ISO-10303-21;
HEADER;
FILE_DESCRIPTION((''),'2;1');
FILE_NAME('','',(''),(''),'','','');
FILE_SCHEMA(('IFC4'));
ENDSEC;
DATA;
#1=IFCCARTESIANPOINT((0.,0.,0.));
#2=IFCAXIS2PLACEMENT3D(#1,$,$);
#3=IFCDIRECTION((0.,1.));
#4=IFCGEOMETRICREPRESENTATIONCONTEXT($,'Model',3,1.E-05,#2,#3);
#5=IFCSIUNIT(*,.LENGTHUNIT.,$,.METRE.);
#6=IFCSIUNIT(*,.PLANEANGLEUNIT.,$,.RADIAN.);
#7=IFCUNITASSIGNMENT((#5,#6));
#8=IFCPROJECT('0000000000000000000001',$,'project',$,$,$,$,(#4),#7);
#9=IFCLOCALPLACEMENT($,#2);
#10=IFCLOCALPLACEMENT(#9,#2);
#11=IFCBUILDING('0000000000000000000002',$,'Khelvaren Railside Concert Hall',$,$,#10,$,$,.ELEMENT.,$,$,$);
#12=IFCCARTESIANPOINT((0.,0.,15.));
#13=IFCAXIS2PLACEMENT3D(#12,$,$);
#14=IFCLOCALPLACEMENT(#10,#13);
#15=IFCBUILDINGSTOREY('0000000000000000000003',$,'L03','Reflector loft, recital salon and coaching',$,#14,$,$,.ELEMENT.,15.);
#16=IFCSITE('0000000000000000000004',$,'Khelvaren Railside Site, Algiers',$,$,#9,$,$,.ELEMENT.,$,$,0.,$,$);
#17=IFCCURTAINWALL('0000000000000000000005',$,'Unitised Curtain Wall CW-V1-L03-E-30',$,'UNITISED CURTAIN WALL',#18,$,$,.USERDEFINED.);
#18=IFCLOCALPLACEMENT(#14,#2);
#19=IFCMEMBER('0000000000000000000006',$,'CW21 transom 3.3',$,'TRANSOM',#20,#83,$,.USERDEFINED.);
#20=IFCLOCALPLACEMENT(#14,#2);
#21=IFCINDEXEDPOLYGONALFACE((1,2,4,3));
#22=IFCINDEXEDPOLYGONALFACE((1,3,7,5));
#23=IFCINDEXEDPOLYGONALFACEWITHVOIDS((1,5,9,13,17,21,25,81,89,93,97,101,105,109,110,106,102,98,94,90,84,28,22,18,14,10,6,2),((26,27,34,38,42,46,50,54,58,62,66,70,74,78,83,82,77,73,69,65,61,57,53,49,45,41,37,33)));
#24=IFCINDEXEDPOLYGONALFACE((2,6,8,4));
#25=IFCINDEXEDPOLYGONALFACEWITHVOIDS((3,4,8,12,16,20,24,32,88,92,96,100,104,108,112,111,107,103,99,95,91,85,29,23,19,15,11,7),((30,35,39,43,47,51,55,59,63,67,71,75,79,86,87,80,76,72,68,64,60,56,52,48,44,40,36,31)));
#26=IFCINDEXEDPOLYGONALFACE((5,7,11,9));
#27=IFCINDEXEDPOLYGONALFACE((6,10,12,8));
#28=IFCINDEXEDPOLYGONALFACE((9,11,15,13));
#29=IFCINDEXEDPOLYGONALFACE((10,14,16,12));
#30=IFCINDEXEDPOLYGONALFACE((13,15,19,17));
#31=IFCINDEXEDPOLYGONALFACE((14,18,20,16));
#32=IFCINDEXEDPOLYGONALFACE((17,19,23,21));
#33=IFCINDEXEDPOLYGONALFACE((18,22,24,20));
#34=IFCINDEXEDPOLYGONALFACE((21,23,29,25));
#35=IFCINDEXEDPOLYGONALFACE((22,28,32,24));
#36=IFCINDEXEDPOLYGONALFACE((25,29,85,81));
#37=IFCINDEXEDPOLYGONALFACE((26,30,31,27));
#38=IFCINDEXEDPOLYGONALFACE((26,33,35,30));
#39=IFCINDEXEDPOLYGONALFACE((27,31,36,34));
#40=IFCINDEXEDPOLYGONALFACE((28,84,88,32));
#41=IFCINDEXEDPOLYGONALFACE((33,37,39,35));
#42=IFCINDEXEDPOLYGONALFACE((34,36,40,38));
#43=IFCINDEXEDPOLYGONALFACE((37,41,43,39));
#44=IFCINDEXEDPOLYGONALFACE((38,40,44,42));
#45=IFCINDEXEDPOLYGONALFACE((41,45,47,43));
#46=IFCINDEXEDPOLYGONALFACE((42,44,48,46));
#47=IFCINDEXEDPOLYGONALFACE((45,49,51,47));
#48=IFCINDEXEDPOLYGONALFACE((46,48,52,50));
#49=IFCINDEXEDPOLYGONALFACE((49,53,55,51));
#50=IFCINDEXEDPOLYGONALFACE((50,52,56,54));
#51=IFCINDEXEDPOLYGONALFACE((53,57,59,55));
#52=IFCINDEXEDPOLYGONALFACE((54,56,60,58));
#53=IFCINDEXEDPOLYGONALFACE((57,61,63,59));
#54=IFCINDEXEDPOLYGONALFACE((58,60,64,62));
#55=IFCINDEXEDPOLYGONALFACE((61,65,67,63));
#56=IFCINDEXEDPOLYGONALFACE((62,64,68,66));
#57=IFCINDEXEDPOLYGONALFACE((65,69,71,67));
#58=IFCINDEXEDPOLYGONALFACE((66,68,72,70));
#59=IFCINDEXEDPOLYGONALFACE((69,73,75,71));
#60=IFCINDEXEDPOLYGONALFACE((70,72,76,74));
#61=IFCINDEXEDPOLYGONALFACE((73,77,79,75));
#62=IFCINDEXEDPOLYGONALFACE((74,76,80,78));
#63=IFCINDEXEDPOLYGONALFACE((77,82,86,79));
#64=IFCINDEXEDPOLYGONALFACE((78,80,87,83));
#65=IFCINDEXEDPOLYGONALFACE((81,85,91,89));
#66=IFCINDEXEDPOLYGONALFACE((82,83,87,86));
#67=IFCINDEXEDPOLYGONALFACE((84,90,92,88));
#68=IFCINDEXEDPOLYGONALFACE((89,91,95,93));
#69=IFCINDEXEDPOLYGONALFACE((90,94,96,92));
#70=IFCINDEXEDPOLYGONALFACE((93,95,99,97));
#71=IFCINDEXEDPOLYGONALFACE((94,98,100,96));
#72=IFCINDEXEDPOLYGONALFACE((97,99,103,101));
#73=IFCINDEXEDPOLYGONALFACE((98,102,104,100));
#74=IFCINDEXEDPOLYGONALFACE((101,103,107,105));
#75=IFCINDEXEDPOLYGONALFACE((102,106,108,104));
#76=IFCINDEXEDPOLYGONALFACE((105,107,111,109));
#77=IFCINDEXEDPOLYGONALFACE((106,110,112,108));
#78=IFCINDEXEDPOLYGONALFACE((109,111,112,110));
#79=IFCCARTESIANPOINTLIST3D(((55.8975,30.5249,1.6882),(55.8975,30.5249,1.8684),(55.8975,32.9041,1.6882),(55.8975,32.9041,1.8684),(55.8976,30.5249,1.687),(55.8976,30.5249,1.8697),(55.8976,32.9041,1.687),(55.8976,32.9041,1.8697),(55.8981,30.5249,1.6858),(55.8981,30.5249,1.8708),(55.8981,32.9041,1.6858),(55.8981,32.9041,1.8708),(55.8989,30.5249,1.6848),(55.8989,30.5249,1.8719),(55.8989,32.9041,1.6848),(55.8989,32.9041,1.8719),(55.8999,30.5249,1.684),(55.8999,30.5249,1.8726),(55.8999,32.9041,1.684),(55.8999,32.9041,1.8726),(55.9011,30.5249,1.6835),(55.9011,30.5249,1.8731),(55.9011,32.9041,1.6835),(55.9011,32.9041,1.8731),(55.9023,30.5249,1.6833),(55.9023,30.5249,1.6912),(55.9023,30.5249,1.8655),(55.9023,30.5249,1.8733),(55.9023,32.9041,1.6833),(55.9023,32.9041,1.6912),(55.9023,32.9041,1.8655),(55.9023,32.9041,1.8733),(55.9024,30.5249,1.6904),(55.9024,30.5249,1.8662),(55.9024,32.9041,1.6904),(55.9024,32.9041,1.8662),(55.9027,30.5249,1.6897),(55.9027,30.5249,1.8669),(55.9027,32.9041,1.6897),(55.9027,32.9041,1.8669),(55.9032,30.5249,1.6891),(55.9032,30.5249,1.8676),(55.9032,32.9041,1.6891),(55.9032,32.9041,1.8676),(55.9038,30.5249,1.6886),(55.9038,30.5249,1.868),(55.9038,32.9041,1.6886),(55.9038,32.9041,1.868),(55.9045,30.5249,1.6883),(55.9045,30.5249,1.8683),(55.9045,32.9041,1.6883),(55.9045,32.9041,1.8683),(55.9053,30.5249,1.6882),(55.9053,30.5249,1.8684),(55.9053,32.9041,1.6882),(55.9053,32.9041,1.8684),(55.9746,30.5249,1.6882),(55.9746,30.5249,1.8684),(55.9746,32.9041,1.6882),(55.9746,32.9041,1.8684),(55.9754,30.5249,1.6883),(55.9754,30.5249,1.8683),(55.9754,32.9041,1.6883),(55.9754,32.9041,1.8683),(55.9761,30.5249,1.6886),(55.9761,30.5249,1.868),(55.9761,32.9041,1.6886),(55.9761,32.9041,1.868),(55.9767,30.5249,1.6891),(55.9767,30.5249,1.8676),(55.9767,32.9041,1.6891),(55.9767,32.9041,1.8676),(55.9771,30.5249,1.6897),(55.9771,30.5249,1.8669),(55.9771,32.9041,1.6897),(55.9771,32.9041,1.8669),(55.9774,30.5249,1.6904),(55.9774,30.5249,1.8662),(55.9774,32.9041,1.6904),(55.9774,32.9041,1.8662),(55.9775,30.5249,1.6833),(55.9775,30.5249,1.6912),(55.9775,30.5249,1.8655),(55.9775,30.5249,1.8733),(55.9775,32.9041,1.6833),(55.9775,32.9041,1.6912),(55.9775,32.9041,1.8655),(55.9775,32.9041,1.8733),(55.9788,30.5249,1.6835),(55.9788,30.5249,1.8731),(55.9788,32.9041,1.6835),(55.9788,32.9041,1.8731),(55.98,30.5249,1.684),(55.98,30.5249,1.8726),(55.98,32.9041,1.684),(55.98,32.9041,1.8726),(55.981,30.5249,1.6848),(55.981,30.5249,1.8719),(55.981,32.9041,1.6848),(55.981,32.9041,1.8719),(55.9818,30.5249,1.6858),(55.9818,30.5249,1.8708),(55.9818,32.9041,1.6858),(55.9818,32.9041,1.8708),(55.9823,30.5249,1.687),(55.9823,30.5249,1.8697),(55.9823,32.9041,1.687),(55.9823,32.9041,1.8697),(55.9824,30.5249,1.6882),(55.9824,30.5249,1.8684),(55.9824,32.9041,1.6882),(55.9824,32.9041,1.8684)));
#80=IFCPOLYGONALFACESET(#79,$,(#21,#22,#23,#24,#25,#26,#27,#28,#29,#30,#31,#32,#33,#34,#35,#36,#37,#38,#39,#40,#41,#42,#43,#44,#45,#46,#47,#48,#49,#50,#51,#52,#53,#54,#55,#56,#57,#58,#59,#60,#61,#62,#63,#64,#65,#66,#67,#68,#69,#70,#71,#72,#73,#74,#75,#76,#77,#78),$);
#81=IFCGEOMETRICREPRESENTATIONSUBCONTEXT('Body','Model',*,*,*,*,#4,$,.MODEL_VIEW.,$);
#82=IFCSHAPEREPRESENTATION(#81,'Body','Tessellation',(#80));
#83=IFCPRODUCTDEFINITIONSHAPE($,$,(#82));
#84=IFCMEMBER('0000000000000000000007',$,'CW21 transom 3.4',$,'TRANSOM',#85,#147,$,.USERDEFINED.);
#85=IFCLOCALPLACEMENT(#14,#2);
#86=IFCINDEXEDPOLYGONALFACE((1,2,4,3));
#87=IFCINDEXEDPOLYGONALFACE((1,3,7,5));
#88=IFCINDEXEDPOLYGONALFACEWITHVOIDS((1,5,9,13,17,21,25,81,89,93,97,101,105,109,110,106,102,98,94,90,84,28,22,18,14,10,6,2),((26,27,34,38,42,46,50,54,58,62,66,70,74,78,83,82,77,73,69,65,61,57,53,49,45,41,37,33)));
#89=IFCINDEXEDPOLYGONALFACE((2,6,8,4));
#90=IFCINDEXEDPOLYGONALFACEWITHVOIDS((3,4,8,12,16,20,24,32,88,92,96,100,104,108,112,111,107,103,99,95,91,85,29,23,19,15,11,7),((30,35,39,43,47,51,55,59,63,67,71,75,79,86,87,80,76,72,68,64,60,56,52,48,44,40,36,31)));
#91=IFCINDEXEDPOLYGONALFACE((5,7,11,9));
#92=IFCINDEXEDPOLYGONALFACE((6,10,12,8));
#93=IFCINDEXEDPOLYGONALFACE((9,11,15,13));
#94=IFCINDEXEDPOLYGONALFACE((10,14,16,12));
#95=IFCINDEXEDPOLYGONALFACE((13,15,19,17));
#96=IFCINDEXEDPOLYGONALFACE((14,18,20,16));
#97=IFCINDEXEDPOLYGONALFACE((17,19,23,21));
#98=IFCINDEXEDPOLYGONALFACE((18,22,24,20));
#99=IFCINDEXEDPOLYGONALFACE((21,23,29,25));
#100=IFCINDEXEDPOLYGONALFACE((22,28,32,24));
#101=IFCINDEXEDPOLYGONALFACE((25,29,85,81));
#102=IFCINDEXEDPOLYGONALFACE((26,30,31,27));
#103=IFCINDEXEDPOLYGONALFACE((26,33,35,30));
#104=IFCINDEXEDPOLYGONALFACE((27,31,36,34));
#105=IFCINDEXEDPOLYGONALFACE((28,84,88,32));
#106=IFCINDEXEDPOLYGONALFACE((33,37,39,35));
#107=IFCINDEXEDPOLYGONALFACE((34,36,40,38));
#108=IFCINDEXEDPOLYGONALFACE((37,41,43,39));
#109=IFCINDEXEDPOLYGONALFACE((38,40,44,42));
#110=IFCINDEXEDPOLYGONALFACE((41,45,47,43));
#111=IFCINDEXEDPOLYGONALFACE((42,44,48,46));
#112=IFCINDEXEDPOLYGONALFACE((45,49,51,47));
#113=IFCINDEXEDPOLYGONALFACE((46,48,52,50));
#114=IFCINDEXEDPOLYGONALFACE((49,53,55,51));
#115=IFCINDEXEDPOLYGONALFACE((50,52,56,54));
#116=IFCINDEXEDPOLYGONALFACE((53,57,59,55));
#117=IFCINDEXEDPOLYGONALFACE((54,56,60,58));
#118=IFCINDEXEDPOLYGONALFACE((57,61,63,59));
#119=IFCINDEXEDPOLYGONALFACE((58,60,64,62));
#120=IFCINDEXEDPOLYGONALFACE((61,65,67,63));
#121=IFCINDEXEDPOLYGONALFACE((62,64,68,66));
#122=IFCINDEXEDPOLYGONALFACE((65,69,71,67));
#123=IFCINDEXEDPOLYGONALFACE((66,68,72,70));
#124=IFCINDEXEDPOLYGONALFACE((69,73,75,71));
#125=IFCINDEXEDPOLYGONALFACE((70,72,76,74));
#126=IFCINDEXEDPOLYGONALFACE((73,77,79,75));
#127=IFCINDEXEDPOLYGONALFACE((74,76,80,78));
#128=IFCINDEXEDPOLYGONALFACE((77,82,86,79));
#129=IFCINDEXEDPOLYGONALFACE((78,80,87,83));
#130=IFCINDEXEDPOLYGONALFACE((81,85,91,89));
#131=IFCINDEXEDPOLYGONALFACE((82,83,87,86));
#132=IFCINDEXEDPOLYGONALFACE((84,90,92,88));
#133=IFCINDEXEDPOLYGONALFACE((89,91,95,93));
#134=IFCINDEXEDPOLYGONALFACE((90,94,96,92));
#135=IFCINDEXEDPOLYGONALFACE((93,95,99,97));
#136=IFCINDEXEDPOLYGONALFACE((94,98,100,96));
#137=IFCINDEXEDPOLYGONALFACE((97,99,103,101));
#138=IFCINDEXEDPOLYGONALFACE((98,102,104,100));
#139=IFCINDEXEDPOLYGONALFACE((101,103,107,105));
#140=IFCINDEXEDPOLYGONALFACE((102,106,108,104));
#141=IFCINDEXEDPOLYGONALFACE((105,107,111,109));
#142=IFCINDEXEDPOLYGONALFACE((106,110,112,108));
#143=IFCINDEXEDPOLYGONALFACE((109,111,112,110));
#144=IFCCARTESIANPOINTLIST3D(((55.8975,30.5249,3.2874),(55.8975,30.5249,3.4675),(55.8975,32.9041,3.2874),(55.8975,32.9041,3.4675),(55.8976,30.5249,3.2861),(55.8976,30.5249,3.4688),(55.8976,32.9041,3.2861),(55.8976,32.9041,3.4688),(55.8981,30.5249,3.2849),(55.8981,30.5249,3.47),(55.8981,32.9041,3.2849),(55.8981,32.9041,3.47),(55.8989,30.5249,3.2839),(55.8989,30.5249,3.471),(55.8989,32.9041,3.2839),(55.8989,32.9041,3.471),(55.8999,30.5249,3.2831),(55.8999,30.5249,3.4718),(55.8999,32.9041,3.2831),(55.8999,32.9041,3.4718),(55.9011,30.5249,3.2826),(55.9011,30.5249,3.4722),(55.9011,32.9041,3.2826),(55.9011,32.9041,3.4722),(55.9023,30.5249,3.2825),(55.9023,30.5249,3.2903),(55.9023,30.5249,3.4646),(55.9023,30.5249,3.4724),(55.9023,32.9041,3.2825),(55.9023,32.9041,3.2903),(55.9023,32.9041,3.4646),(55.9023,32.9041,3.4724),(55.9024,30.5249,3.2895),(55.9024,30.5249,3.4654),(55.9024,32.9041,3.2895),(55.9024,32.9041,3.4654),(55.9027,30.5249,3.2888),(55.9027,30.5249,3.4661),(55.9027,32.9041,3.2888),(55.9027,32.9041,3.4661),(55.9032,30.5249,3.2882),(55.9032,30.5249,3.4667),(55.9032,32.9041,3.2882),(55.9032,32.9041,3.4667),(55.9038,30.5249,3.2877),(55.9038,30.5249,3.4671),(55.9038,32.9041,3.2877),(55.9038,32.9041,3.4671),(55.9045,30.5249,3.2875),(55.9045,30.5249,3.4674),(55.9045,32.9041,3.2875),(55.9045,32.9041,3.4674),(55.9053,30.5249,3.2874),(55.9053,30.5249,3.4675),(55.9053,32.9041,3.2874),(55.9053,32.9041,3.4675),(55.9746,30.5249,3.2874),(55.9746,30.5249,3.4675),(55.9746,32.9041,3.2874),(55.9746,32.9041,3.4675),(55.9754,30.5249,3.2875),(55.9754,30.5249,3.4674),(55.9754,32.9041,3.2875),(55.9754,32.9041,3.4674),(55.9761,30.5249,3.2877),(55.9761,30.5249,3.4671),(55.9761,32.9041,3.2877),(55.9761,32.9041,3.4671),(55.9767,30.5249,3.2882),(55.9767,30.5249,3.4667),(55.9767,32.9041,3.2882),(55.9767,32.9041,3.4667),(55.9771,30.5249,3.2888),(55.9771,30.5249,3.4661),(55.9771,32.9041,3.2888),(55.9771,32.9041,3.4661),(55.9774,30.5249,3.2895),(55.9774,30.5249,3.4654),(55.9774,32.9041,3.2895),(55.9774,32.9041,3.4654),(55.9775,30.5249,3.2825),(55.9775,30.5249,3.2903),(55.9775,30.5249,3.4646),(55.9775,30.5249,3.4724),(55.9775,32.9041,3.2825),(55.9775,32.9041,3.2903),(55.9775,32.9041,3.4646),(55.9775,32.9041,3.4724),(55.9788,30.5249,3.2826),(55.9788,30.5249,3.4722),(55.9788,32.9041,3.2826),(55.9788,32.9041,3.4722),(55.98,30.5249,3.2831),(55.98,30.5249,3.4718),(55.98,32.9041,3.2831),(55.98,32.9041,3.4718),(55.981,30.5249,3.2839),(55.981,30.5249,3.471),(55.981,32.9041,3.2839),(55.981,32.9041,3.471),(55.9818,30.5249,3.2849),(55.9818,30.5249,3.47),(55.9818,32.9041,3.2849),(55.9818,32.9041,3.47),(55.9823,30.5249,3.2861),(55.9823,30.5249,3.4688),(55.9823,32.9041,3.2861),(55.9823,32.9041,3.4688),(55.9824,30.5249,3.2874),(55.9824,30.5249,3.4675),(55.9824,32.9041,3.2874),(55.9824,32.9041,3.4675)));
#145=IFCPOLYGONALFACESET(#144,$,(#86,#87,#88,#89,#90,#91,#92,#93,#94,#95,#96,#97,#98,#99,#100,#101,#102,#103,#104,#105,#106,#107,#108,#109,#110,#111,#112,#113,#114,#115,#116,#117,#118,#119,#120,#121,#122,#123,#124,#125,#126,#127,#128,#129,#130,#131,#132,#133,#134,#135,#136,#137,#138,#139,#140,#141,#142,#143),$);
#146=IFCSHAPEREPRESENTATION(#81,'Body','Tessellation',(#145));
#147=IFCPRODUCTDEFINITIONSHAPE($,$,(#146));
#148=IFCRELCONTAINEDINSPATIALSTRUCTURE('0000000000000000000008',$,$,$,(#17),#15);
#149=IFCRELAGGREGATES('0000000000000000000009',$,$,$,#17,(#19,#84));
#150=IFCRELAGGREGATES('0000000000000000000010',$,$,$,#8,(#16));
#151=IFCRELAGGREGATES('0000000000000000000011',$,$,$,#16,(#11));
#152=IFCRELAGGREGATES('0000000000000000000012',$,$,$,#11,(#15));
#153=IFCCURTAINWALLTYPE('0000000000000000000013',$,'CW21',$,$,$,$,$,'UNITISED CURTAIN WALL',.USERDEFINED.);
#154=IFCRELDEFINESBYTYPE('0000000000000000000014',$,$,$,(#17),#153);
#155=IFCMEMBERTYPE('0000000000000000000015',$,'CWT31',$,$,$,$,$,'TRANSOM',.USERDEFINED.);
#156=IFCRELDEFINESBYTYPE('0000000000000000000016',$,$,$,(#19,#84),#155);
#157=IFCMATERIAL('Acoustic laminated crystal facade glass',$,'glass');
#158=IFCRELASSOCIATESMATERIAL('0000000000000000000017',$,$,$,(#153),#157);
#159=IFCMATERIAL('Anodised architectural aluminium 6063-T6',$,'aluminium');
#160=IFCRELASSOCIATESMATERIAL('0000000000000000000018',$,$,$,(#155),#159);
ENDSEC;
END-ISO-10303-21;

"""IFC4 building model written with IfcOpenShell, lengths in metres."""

from ifc_helpers import new_model, si_unit, direction, frame, origin, origin_2d, place, context, subcontext, project, spatial, hollow_rectangle, extrude, material, material_profile, profile_set, type_object, element, aggregate, save


model = new_model("IFC4")

# Units and contexts
model_context = context("Model", 3, precision=1e-05, world=origin(), true_north=direction((0.0, 1.0)))
body_context = subcontext(model_context, "Body", "Model", "MODEL_VIEW")
ifc_project = project(units=[si_unit("LENGTHUNIT", "METRE"), si_unit("PLANEANGLEUNIT", "RADIAN")], contexts=[model_context])

# Site, building, storey
site_placement = place(None, origin())
site = spatial("IfcSite", under=ifc_project, at=site_placement, Name="Khelvaren Railside Site, Algiers", CompositionType="ELEMENT", RefElevation=0.0)
building_placement = place(site_placement, origin())
building = spatial("IfcBuilding", under=site, at=building_placement, Name="Khelvaren Railside Concert Hall", CompositionType="ELEMENT")
storey_placement = place(building_placement, frame((0.0, 0.0, 15.0)))
storey = spatial("IfcBuildingStorey", under=building, at=storey_placement, Name="L03", Description="Reflector loft, recital salon and coaching", CompositionType="ELEMENT", Elevation=15.0)

# Curtain wall, members
ifc_material_1 = material(Name="Anodised architectural aluminium 6063-T6", Category="aluminium")
ifc_material_2 = material(Name="Acoustic laminated crystal facade glass", Category="glass")
curtain_wall_type_1 = type_object("IfcCurtainWallType", Name="CW21", ElementType="UNITISED CURTAIN WALL", PredefinedType="USERDEFINED", material=ifc_material_2)
curtain_wall_1_placement = place(storey_placement, origin())
curtain_wall_1 = element("IfcCurtainWall", 1, at=curtain_wall_1_placement, inside=storey, type_object=curtain_wall_type_1, Name="Unitised Curtain Wall CW-V1-L03-E-30", ObjectType="UNITISED CURTAIN WALL", PredefinedType="USERDEFINED")
ifc_material_profile_1 = material_profile(ifc_material_1, hollow_rectangle(XDim=0.085, YDim=0.1899, WallThickness=0.0049, InnerFilletRadius=0.0029, OuterFilletRadius=0.0049, at=origin_2d()), Name="CWT 85x190x5")
ifc_profile_set_1 = profile_set([ifc_material_profile_1], Name="Anodised architectural aluminium 6063-T6")
member_type_1 = type_object("IfcMemberType", Name="CWT31", ElementType="TRANSOM", PredefinedType="USERDEFINED", material=ifc_profile_set_1)
member_1_placement = place(storey_placement, frame((55.9399, 32.9041, 1.7783), z_axis=(0.0, -1.0, 0.0), x_axis=(1.0, 0.0, 0.0)))
member_1 = element("IfcMember", 2, at=member_1_placement, type_object=member_type_1, Name="CW21 transom 3.3", ObjectType="TRANSOM", PredefinedType="USERDEFINED", context=body_context, shape_type="SweptSolid", body=[
    extrude(hollow_rectangle(XDim=0.085, YDim=0.1899, WallThickness=0.0049, InnerFilletRadius=0.0029, OuterFilletRadius=0.0049, at=origin_2d()), origin(), (0.0, 0.0, 1.0), 2.3792),
])
member_2_placement = place(storey_placement, frame((55.9399, 32.9041, 3.3774), z_axis=(0.0, -1.0, 0.0), x_axis=(1.0, 0.0, 0.0)))
member_2 = element("IfcMember", 3, at=member_2_placement, type_object=member_type_1, Name="CW21 transom 3.4", ObjectType="TRANSOM", PredefinedType="USERDEFINED", context=body_context, shape_type="SweptSolid", body=[
    extrude(hollow_rectangle(XDim=0.085, YDim=0.1899, WallThickness=0.0049, InnerFilletRadius=0.0029, OuterFilletRadius=0.0049, at=origin_2d()), origin(), (0.0, 0.0, 1.0), 2.3792),
])

aggregate(curtain_wall_1, [member_1, member_2])

save(model, "model.ifc")
